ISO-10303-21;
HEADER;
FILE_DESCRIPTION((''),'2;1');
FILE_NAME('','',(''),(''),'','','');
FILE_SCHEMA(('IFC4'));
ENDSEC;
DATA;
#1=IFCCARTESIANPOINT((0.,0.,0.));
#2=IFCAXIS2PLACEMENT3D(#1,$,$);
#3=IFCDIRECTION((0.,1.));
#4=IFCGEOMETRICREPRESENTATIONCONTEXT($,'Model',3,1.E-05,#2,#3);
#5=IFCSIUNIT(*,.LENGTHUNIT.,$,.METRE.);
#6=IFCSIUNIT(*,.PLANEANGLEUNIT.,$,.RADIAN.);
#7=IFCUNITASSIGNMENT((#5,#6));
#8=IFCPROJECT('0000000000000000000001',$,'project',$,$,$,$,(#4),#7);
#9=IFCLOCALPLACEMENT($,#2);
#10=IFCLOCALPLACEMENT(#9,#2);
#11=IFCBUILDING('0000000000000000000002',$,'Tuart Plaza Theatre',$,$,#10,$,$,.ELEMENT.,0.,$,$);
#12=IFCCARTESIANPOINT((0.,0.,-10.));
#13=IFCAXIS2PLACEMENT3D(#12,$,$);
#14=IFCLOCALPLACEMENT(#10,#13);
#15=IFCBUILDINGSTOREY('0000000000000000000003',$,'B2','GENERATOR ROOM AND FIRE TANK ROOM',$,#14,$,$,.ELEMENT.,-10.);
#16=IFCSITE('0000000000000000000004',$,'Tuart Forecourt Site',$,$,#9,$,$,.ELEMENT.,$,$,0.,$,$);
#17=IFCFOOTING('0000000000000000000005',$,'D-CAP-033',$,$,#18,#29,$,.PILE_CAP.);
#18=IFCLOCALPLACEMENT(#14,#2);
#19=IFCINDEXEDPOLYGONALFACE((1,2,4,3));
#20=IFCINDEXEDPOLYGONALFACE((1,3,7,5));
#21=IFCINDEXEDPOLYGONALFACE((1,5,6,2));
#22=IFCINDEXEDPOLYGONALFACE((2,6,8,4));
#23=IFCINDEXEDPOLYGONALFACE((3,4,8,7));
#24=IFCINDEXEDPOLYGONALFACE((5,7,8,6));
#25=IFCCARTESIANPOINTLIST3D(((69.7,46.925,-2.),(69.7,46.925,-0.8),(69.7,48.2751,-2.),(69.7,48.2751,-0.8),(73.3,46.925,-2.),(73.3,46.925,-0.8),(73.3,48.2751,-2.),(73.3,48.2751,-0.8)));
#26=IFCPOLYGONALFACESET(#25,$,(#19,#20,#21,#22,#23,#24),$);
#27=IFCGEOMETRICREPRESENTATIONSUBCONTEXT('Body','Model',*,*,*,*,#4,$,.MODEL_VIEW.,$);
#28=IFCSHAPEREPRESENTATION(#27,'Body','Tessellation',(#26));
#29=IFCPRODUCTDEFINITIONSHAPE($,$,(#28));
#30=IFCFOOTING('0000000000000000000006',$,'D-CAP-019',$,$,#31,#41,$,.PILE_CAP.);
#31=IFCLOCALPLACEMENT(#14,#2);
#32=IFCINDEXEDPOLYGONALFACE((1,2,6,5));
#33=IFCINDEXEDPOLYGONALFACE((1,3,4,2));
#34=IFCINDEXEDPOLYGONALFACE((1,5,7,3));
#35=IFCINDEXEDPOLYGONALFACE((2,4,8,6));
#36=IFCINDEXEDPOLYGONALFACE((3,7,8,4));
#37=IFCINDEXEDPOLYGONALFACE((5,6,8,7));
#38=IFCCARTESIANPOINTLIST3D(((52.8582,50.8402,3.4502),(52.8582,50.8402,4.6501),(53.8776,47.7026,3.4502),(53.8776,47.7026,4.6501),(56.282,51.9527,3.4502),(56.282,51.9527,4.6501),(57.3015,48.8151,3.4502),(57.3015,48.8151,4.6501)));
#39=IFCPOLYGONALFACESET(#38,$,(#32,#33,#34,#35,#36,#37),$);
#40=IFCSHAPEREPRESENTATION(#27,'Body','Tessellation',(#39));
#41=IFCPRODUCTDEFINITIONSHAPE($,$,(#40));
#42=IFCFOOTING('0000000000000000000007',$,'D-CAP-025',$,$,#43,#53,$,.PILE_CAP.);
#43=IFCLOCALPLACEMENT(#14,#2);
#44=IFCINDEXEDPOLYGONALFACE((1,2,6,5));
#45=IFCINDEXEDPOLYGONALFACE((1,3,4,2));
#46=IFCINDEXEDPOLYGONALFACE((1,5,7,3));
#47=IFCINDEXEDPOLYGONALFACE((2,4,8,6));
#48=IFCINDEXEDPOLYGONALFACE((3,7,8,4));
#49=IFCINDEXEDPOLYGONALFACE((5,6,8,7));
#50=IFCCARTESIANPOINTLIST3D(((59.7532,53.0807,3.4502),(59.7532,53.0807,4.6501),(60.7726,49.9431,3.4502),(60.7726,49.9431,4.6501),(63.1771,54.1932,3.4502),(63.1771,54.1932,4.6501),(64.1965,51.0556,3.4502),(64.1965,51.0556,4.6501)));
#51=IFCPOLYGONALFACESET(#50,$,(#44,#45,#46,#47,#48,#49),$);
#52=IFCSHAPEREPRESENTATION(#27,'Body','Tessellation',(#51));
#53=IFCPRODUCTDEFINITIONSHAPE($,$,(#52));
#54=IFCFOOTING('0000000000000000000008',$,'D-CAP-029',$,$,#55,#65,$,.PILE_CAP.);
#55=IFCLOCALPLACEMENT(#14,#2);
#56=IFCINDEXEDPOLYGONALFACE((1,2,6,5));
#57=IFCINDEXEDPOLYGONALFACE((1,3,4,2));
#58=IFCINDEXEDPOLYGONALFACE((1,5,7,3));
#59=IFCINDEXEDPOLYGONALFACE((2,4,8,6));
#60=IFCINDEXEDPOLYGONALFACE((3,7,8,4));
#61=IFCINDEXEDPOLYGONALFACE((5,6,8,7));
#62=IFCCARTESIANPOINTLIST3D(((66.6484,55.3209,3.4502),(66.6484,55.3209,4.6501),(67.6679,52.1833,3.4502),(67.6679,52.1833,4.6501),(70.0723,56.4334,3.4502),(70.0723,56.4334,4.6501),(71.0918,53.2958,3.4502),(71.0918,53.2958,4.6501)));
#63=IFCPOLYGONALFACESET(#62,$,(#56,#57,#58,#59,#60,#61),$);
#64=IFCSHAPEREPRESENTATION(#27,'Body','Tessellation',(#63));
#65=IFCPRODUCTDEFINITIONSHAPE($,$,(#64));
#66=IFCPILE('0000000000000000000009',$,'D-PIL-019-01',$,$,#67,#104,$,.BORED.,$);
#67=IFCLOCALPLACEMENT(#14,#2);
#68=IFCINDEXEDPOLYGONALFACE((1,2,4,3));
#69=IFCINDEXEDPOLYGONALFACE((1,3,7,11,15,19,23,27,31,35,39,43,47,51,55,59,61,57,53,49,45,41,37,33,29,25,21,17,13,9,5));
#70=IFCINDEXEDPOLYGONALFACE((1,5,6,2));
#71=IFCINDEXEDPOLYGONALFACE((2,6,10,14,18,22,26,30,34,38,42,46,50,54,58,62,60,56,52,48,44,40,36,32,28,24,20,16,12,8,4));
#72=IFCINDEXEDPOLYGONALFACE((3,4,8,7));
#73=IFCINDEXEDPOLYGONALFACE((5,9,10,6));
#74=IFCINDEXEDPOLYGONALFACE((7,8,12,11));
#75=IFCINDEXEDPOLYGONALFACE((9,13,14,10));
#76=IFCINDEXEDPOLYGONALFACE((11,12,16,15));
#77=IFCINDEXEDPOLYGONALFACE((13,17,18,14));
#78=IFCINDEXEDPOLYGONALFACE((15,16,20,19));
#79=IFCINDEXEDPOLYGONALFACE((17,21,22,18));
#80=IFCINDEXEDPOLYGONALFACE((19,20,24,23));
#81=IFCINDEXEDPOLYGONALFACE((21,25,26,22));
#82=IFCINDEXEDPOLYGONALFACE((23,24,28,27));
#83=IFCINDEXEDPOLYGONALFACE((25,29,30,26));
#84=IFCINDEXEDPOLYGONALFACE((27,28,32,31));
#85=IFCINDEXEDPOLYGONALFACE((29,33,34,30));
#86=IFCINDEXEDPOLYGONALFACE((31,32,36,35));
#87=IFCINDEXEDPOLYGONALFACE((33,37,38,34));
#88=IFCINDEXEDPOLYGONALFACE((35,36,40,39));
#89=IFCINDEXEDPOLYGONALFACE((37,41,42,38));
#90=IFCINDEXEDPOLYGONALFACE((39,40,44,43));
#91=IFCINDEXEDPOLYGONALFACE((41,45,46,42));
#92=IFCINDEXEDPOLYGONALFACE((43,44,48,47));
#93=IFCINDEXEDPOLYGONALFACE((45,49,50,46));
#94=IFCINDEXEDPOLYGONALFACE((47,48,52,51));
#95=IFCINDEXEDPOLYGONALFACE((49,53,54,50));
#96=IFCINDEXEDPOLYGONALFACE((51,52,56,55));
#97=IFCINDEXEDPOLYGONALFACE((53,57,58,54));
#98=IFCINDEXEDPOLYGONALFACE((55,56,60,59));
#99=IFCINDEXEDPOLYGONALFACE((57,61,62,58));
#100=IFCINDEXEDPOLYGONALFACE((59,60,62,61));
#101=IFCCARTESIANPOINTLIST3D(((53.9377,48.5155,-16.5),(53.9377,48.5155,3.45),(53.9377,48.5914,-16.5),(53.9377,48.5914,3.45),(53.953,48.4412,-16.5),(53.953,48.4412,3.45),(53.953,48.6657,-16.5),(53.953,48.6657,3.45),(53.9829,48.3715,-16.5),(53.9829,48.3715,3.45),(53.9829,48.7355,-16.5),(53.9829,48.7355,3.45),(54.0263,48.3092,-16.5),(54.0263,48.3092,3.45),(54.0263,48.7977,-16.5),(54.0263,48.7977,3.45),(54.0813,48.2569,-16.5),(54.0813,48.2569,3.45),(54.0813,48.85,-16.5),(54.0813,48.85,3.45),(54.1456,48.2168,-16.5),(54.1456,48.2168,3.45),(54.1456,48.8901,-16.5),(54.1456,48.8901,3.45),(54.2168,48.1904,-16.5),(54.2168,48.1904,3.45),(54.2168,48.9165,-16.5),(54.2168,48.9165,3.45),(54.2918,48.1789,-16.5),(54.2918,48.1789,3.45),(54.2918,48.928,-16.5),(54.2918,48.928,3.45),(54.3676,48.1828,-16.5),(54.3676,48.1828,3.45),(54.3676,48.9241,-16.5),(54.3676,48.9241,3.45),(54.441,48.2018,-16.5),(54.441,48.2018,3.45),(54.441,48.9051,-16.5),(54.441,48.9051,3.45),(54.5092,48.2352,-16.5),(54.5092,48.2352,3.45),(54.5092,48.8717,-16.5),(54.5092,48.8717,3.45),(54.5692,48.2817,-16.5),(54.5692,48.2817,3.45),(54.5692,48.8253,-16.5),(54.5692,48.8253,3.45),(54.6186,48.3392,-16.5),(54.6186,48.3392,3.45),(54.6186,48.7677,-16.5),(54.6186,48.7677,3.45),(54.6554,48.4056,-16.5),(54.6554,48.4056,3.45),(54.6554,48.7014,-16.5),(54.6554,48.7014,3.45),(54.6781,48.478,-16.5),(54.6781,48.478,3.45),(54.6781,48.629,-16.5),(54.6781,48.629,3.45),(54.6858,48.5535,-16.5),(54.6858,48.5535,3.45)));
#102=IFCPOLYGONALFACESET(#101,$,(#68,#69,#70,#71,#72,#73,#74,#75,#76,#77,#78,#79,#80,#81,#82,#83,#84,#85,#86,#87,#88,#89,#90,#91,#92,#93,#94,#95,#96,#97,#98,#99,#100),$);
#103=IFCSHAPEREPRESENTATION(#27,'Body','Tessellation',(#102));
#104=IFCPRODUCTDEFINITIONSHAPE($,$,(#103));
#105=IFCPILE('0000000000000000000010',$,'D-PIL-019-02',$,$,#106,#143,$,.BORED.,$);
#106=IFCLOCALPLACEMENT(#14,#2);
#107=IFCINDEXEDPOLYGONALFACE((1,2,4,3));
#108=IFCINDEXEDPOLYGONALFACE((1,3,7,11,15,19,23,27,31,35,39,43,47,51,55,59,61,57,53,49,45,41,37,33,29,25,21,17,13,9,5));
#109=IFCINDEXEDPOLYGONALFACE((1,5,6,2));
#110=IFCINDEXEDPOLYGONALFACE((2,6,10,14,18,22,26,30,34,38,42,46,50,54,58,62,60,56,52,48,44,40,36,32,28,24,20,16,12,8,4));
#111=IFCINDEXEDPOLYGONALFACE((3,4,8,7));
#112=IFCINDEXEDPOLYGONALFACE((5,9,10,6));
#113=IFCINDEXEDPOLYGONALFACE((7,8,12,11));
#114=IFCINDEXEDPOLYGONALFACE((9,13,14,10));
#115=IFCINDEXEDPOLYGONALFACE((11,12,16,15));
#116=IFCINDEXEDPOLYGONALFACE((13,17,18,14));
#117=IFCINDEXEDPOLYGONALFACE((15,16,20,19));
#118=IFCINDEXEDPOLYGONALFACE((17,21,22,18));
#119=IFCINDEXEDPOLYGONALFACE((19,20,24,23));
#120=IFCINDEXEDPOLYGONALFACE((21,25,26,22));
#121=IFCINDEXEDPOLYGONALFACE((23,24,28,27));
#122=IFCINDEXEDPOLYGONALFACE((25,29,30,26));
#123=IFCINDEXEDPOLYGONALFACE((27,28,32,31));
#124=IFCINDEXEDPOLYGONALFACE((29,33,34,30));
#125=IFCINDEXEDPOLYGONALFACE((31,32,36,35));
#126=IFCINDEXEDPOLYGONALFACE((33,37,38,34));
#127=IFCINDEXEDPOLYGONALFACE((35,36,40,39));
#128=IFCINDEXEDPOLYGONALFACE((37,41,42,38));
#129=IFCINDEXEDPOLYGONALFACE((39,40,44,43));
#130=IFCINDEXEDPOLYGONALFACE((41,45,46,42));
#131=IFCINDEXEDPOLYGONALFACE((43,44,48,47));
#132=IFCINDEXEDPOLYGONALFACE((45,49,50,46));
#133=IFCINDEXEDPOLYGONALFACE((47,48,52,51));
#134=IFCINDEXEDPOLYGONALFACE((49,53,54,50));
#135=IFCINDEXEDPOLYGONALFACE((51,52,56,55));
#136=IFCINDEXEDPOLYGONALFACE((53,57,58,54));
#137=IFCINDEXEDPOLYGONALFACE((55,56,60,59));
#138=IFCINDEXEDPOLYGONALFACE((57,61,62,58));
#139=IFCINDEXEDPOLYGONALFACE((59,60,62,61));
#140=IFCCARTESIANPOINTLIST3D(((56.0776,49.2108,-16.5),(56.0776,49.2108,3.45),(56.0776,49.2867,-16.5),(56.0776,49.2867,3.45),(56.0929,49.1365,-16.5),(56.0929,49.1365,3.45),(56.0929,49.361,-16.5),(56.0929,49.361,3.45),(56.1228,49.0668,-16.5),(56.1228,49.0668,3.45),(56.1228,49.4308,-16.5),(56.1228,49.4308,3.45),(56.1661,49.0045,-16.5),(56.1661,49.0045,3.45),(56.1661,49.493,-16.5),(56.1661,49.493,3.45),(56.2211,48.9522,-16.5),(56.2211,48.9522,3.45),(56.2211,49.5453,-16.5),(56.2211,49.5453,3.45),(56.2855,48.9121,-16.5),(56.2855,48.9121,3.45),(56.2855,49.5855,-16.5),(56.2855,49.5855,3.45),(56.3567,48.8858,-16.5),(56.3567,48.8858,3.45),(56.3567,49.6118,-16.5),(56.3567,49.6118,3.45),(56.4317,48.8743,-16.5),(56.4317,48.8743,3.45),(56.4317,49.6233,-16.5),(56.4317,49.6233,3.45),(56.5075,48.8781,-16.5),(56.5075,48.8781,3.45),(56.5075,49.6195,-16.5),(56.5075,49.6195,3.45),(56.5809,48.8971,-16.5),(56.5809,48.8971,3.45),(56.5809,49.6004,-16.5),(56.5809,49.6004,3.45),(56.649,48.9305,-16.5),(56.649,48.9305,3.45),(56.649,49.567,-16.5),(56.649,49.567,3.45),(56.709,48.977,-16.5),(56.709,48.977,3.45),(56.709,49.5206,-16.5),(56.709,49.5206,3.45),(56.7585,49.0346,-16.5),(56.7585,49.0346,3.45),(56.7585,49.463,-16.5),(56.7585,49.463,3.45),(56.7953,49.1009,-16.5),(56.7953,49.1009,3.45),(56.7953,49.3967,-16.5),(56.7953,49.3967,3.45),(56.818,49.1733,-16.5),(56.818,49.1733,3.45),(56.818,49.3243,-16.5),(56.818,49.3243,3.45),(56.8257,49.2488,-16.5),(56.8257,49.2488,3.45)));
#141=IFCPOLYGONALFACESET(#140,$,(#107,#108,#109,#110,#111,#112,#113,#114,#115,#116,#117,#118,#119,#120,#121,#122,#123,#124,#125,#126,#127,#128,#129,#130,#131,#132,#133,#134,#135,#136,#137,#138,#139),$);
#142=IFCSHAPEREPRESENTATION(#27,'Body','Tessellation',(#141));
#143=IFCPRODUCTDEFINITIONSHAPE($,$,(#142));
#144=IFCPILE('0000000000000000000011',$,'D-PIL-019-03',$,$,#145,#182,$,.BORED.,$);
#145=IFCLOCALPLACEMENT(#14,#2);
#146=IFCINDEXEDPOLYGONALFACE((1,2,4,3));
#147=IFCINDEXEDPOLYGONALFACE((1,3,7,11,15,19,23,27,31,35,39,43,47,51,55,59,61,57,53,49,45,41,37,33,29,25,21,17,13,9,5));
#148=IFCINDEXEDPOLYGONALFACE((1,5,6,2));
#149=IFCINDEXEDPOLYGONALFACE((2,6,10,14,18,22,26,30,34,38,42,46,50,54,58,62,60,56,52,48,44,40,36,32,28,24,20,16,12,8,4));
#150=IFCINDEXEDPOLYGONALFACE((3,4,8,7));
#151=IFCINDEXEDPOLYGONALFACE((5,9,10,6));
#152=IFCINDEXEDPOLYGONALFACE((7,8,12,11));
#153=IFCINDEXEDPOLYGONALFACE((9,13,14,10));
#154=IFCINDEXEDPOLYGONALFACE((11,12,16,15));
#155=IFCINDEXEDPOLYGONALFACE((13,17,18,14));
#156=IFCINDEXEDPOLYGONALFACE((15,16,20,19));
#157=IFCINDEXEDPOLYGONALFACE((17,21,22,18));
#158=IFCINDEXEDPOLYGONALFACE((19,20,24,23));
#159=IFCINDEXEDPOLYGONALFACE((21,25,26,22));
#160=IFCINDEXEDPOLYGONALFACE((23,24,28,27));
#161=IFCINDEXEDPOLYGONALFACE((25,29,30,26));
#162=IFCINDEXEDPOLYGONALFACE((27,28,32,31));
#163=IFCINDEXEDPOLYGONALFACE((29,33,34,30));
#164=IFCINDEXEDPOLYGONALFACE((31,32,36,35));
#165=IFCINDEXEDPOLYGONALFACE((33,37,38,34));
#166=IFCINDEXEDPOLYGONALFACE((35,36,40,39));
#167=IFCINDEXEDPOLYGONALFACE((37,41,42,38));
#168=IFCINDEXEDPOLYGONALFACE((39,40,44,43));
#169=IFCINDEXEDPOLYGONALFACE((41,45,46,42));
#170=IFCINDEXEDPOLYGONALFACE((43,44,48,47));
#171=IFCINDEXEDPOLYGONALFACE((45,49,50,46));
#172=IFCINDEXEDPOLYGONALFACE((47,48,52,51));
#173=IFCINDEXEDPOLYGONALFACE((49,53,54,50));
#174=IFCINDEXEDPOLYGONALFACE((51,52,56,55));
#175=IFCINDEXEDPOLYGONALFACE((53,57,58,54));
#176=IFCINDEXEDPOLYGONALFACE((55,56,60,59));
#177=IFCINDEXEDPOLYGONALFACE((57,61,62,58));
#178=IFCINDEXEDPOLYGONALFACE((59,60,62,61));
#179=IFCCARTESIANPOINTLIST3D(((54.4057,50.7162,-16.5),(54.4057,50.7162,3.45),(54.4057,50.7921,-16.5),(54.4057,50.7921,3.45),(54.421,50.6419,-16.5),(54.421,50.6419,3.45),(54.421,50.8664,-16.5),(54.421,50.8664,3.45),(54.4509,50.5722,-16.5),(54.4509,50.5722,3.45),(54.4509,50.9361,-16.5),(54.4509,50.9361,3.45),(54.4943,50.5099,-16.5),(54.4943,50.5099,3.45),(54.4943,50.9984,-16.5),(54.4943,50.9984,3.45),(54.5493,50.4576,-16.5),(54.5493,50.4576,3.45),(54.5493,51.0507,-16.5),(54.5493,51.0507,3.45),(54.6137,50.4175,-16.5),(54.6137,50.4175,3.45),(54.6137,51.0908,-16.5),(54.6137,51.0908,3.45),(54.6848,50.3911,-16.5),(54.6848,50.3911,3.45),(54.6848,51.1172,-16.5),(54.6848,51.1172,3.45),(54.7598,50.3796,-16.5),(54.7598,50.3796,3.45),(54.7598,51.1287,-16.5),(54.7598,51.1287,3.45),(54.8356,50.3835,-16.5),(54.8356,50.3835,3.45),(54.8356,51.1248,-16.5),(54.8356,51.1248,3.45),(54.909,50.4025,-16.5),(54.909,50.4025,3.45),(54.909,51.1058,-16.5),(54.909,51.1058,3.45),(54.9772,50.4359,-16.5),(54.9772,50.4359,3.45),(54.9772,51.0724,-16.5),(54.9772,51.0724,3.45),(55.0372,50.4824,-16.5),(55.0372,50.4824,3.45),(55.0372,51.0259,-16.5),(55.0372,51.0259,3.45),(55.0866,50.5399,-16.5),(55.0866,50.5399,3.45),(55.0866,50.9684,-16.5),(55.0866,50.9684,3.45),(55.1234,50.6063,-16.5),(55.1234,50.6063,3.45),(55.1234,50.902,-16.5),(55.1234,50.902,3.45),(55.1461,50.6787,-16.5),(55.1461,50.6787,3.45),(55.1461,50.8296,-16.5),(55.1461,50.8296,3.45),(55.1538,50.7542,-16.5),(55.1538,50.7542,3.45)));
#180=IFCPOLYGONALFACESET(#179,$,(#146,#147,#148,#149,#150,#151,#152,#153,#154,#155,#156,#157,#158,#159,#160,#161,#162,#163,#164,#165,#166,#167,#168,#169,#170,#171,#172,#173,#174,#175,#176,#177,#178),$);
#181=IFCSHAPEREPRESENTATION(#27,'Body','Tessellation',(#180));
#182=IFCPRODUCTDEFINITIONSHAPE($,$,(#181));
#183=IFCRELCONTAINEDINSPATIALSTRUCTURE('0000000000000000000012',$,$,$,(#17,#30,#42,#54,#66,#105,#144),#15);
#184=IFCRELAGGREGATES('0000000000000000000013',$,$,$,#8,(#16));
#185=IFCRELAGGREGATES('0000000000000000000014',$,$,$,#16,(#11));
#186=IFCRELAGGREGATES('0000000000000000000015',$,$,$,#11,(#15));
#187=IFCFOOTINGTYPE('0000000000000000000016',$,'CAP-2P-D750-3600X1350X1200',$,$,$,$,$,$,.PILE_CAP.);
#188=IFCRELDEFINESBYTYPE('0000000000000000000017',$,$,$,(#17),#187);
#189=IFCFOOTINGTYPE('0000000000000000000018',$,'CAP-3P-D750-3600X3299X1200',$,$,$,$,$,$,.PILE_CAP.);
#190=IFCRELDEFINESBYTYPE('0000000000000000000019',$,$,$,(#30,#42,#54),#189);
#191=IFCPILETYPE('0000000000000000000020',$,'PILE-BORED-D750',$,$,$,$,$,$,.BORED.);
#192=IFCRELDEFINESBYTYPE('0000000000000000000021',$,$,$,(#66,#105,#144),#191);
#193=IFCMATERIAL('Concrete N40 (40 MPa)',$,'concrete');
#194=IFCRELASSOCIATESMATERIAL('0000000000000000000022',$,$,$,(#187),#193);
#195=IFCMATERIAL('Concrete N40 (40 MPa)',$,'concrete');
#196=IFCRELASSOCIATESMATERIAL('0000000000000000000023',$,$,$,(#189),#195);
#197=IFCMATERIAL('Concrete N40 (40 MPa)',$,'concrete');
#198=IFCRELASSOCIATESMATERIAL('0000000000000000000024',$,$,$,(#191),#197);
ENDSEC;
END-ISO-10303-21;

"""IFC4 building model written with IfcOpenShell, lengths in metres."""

from ifc_helpers import new_model, si_unit, direction, frame, origin, origin_2d, place, context, subcontext, project, spatial, rectangle, circle, extrude, material, material_profile, profile_set, type_object, element, save


model = new_model("IFC4")

# Units and contexts
model_context = context("Model", 3, precision=1e-05, world=origin(), true_north=direction((0.0, 1.0)))
body_context = subcontext(model_context, "Body", "Model", "MODEL_VIEW")
ifc_project = project(units=[si_unit("LENGTHUNIT", "METRE"), si_unit("PLANEANGLEUNIT", "RADIAN")], contexts=[model_context])

# Site, building, storey
site_placement = place(None, origin())
site = spatial("IfcSite", under=ifc_project, at=site_placement, Name="Tuart Forecourt Site", CompositionType="ELEMENT", RefElevation=0.0)
building_placement = place(site_placement, origin())
building = spatial("IfcBuilding", under=site, at=building_placement, Name="Tuart Plaza Theatre", CompositionType="ELEMENT", ElevationOfRefHeight=0.0)
storey_placement = place(building_placement, frame((0.0, 0.0, -10.0)))
storey = spatial("IfcBuildingStorey", under=building, at=storey_placement, Name="B2", Description="GENERATOR ROOM AND FIRE TANK ROOM", CompositionType="ELEMENT", Elevation=-10.0)

# Footings
ifc_material_1 = material(Name="Concrete N40 (40 MPa)", Category="concrete")
footing_type_1 = type_object("IfcFootingType", Name="CAP-2P-D750-3600X1350X1200", PredefinedType="PILE_CAP", material=ifc_material_1)
footing_placement = place(storey_placement, frame((71.5, 47.6001, -2.0), z_axis=(0.0, 0.0, 1.0), x_axis=(1.0, 0.0, 0.0)))
element("IfcFooting", 1, at=footing_placement, inside=storey, type_object=footing_type_1, Name="D-CAP-033", PredefinedType="PILE_CAP", context=body_context, shape_type="SweptSolid", body=[
    extrude(rectangle(XDim=3.6001, YDim=1.3501, at=origin_2d()), origin(), (0.0, 0.0, 1.0), 1.2),
])
ifc_material_2 = material(Name="Concrete N40 (40 MPa)", Category="concrete")
footing_type_2 = type_object("IfcFootingType", Name="CAP-3P-D750-3600X3299X1200", PredefinedType="PILE_CAP", material=ifc_material_2)
for number, where, z_axis, x_axis, name in (
    (2, (55.0798, 49.8276, 3.4502), (0.0, 0.0, 1.0), (0.951057, 0.309017, 0.0), "D-CAP-019"),
    (3, (61.9749, 52.0681, 3.4502), (0.0, 0.0, 1.0), (0.951057, 0.309017, 0.0), "D-CAP-025"),
    (4, (68.8701, 54.3083, 3.4502), (0.0, 0.0, 1.0), (0.951057, 0.309017, 0.0), "D-CAP-029"),
):
    element("IfcFooting", number, at=place(storey_placement, frame(where, z_axis=z_axis, x_axis=x_axis)), inside=storey, type_object=footing_type_2, Name=name, PredefinedType="PILE_CAP", context=body_context, shape_type="SweptSolid", body=[
        extrude(rectangle(XDim=3.6001, YDim=3.2991, at=origin_2d()), origin(), (0.0, 0.0, 1.0), 1.2),
    ])

# Piles
ifc_material_3 = material(Name="Concrete N40 (40 MPa)", Category="concrete")
ifc_material_profile_1 = material_profile(ifc_material_3, circle(Radius=0.375, at=origin_2d()), Name="PILE-BORED-D750")
ifc_profile_set_1 = profile_set([ifc_material_profile_1], Name="Concrete N40 (40 MPa)")
pile_type_1 = type_object("IfcPileType", Name="PILE-BORED-D750", PredefinedType="BORED", material=ifc_profile_set_1)
for number, where, z_axis, x_axis, name in (
    (5, (54.3108, 48.5535, 3.45), (0.0, 0.0, -1.0), (1.0, 0.0, 0.0), "D-PIL-019-01"),
    (6, (56.4507, 49.2488, 3.45), (0.0, 0.0, -1.0), (1.0, 0.0, 0.0), "D-PIL-019-02"),
    (7, (54.7788, 50.7542, 3.45), (0.0, 0.0, -1.0), (1.0, 0.0, 0.0), "D-PIL-019-03"),
):
    element("IfcPile", number, at=place(storey_placement, frame(where, z_axis=z_axis, x_axis=x_axis)), inside=storey, type_object=pile_type_1, Name=name, PredefinedType="BORED", context=body_context, shape_type="SweptSolid", body=[
        extrude(circle(Radius=0.375, at=origin_2d()), origin(), (0.0, 0.0, 1.0), 19.95),
    ])

save(model, "model.ifc")
